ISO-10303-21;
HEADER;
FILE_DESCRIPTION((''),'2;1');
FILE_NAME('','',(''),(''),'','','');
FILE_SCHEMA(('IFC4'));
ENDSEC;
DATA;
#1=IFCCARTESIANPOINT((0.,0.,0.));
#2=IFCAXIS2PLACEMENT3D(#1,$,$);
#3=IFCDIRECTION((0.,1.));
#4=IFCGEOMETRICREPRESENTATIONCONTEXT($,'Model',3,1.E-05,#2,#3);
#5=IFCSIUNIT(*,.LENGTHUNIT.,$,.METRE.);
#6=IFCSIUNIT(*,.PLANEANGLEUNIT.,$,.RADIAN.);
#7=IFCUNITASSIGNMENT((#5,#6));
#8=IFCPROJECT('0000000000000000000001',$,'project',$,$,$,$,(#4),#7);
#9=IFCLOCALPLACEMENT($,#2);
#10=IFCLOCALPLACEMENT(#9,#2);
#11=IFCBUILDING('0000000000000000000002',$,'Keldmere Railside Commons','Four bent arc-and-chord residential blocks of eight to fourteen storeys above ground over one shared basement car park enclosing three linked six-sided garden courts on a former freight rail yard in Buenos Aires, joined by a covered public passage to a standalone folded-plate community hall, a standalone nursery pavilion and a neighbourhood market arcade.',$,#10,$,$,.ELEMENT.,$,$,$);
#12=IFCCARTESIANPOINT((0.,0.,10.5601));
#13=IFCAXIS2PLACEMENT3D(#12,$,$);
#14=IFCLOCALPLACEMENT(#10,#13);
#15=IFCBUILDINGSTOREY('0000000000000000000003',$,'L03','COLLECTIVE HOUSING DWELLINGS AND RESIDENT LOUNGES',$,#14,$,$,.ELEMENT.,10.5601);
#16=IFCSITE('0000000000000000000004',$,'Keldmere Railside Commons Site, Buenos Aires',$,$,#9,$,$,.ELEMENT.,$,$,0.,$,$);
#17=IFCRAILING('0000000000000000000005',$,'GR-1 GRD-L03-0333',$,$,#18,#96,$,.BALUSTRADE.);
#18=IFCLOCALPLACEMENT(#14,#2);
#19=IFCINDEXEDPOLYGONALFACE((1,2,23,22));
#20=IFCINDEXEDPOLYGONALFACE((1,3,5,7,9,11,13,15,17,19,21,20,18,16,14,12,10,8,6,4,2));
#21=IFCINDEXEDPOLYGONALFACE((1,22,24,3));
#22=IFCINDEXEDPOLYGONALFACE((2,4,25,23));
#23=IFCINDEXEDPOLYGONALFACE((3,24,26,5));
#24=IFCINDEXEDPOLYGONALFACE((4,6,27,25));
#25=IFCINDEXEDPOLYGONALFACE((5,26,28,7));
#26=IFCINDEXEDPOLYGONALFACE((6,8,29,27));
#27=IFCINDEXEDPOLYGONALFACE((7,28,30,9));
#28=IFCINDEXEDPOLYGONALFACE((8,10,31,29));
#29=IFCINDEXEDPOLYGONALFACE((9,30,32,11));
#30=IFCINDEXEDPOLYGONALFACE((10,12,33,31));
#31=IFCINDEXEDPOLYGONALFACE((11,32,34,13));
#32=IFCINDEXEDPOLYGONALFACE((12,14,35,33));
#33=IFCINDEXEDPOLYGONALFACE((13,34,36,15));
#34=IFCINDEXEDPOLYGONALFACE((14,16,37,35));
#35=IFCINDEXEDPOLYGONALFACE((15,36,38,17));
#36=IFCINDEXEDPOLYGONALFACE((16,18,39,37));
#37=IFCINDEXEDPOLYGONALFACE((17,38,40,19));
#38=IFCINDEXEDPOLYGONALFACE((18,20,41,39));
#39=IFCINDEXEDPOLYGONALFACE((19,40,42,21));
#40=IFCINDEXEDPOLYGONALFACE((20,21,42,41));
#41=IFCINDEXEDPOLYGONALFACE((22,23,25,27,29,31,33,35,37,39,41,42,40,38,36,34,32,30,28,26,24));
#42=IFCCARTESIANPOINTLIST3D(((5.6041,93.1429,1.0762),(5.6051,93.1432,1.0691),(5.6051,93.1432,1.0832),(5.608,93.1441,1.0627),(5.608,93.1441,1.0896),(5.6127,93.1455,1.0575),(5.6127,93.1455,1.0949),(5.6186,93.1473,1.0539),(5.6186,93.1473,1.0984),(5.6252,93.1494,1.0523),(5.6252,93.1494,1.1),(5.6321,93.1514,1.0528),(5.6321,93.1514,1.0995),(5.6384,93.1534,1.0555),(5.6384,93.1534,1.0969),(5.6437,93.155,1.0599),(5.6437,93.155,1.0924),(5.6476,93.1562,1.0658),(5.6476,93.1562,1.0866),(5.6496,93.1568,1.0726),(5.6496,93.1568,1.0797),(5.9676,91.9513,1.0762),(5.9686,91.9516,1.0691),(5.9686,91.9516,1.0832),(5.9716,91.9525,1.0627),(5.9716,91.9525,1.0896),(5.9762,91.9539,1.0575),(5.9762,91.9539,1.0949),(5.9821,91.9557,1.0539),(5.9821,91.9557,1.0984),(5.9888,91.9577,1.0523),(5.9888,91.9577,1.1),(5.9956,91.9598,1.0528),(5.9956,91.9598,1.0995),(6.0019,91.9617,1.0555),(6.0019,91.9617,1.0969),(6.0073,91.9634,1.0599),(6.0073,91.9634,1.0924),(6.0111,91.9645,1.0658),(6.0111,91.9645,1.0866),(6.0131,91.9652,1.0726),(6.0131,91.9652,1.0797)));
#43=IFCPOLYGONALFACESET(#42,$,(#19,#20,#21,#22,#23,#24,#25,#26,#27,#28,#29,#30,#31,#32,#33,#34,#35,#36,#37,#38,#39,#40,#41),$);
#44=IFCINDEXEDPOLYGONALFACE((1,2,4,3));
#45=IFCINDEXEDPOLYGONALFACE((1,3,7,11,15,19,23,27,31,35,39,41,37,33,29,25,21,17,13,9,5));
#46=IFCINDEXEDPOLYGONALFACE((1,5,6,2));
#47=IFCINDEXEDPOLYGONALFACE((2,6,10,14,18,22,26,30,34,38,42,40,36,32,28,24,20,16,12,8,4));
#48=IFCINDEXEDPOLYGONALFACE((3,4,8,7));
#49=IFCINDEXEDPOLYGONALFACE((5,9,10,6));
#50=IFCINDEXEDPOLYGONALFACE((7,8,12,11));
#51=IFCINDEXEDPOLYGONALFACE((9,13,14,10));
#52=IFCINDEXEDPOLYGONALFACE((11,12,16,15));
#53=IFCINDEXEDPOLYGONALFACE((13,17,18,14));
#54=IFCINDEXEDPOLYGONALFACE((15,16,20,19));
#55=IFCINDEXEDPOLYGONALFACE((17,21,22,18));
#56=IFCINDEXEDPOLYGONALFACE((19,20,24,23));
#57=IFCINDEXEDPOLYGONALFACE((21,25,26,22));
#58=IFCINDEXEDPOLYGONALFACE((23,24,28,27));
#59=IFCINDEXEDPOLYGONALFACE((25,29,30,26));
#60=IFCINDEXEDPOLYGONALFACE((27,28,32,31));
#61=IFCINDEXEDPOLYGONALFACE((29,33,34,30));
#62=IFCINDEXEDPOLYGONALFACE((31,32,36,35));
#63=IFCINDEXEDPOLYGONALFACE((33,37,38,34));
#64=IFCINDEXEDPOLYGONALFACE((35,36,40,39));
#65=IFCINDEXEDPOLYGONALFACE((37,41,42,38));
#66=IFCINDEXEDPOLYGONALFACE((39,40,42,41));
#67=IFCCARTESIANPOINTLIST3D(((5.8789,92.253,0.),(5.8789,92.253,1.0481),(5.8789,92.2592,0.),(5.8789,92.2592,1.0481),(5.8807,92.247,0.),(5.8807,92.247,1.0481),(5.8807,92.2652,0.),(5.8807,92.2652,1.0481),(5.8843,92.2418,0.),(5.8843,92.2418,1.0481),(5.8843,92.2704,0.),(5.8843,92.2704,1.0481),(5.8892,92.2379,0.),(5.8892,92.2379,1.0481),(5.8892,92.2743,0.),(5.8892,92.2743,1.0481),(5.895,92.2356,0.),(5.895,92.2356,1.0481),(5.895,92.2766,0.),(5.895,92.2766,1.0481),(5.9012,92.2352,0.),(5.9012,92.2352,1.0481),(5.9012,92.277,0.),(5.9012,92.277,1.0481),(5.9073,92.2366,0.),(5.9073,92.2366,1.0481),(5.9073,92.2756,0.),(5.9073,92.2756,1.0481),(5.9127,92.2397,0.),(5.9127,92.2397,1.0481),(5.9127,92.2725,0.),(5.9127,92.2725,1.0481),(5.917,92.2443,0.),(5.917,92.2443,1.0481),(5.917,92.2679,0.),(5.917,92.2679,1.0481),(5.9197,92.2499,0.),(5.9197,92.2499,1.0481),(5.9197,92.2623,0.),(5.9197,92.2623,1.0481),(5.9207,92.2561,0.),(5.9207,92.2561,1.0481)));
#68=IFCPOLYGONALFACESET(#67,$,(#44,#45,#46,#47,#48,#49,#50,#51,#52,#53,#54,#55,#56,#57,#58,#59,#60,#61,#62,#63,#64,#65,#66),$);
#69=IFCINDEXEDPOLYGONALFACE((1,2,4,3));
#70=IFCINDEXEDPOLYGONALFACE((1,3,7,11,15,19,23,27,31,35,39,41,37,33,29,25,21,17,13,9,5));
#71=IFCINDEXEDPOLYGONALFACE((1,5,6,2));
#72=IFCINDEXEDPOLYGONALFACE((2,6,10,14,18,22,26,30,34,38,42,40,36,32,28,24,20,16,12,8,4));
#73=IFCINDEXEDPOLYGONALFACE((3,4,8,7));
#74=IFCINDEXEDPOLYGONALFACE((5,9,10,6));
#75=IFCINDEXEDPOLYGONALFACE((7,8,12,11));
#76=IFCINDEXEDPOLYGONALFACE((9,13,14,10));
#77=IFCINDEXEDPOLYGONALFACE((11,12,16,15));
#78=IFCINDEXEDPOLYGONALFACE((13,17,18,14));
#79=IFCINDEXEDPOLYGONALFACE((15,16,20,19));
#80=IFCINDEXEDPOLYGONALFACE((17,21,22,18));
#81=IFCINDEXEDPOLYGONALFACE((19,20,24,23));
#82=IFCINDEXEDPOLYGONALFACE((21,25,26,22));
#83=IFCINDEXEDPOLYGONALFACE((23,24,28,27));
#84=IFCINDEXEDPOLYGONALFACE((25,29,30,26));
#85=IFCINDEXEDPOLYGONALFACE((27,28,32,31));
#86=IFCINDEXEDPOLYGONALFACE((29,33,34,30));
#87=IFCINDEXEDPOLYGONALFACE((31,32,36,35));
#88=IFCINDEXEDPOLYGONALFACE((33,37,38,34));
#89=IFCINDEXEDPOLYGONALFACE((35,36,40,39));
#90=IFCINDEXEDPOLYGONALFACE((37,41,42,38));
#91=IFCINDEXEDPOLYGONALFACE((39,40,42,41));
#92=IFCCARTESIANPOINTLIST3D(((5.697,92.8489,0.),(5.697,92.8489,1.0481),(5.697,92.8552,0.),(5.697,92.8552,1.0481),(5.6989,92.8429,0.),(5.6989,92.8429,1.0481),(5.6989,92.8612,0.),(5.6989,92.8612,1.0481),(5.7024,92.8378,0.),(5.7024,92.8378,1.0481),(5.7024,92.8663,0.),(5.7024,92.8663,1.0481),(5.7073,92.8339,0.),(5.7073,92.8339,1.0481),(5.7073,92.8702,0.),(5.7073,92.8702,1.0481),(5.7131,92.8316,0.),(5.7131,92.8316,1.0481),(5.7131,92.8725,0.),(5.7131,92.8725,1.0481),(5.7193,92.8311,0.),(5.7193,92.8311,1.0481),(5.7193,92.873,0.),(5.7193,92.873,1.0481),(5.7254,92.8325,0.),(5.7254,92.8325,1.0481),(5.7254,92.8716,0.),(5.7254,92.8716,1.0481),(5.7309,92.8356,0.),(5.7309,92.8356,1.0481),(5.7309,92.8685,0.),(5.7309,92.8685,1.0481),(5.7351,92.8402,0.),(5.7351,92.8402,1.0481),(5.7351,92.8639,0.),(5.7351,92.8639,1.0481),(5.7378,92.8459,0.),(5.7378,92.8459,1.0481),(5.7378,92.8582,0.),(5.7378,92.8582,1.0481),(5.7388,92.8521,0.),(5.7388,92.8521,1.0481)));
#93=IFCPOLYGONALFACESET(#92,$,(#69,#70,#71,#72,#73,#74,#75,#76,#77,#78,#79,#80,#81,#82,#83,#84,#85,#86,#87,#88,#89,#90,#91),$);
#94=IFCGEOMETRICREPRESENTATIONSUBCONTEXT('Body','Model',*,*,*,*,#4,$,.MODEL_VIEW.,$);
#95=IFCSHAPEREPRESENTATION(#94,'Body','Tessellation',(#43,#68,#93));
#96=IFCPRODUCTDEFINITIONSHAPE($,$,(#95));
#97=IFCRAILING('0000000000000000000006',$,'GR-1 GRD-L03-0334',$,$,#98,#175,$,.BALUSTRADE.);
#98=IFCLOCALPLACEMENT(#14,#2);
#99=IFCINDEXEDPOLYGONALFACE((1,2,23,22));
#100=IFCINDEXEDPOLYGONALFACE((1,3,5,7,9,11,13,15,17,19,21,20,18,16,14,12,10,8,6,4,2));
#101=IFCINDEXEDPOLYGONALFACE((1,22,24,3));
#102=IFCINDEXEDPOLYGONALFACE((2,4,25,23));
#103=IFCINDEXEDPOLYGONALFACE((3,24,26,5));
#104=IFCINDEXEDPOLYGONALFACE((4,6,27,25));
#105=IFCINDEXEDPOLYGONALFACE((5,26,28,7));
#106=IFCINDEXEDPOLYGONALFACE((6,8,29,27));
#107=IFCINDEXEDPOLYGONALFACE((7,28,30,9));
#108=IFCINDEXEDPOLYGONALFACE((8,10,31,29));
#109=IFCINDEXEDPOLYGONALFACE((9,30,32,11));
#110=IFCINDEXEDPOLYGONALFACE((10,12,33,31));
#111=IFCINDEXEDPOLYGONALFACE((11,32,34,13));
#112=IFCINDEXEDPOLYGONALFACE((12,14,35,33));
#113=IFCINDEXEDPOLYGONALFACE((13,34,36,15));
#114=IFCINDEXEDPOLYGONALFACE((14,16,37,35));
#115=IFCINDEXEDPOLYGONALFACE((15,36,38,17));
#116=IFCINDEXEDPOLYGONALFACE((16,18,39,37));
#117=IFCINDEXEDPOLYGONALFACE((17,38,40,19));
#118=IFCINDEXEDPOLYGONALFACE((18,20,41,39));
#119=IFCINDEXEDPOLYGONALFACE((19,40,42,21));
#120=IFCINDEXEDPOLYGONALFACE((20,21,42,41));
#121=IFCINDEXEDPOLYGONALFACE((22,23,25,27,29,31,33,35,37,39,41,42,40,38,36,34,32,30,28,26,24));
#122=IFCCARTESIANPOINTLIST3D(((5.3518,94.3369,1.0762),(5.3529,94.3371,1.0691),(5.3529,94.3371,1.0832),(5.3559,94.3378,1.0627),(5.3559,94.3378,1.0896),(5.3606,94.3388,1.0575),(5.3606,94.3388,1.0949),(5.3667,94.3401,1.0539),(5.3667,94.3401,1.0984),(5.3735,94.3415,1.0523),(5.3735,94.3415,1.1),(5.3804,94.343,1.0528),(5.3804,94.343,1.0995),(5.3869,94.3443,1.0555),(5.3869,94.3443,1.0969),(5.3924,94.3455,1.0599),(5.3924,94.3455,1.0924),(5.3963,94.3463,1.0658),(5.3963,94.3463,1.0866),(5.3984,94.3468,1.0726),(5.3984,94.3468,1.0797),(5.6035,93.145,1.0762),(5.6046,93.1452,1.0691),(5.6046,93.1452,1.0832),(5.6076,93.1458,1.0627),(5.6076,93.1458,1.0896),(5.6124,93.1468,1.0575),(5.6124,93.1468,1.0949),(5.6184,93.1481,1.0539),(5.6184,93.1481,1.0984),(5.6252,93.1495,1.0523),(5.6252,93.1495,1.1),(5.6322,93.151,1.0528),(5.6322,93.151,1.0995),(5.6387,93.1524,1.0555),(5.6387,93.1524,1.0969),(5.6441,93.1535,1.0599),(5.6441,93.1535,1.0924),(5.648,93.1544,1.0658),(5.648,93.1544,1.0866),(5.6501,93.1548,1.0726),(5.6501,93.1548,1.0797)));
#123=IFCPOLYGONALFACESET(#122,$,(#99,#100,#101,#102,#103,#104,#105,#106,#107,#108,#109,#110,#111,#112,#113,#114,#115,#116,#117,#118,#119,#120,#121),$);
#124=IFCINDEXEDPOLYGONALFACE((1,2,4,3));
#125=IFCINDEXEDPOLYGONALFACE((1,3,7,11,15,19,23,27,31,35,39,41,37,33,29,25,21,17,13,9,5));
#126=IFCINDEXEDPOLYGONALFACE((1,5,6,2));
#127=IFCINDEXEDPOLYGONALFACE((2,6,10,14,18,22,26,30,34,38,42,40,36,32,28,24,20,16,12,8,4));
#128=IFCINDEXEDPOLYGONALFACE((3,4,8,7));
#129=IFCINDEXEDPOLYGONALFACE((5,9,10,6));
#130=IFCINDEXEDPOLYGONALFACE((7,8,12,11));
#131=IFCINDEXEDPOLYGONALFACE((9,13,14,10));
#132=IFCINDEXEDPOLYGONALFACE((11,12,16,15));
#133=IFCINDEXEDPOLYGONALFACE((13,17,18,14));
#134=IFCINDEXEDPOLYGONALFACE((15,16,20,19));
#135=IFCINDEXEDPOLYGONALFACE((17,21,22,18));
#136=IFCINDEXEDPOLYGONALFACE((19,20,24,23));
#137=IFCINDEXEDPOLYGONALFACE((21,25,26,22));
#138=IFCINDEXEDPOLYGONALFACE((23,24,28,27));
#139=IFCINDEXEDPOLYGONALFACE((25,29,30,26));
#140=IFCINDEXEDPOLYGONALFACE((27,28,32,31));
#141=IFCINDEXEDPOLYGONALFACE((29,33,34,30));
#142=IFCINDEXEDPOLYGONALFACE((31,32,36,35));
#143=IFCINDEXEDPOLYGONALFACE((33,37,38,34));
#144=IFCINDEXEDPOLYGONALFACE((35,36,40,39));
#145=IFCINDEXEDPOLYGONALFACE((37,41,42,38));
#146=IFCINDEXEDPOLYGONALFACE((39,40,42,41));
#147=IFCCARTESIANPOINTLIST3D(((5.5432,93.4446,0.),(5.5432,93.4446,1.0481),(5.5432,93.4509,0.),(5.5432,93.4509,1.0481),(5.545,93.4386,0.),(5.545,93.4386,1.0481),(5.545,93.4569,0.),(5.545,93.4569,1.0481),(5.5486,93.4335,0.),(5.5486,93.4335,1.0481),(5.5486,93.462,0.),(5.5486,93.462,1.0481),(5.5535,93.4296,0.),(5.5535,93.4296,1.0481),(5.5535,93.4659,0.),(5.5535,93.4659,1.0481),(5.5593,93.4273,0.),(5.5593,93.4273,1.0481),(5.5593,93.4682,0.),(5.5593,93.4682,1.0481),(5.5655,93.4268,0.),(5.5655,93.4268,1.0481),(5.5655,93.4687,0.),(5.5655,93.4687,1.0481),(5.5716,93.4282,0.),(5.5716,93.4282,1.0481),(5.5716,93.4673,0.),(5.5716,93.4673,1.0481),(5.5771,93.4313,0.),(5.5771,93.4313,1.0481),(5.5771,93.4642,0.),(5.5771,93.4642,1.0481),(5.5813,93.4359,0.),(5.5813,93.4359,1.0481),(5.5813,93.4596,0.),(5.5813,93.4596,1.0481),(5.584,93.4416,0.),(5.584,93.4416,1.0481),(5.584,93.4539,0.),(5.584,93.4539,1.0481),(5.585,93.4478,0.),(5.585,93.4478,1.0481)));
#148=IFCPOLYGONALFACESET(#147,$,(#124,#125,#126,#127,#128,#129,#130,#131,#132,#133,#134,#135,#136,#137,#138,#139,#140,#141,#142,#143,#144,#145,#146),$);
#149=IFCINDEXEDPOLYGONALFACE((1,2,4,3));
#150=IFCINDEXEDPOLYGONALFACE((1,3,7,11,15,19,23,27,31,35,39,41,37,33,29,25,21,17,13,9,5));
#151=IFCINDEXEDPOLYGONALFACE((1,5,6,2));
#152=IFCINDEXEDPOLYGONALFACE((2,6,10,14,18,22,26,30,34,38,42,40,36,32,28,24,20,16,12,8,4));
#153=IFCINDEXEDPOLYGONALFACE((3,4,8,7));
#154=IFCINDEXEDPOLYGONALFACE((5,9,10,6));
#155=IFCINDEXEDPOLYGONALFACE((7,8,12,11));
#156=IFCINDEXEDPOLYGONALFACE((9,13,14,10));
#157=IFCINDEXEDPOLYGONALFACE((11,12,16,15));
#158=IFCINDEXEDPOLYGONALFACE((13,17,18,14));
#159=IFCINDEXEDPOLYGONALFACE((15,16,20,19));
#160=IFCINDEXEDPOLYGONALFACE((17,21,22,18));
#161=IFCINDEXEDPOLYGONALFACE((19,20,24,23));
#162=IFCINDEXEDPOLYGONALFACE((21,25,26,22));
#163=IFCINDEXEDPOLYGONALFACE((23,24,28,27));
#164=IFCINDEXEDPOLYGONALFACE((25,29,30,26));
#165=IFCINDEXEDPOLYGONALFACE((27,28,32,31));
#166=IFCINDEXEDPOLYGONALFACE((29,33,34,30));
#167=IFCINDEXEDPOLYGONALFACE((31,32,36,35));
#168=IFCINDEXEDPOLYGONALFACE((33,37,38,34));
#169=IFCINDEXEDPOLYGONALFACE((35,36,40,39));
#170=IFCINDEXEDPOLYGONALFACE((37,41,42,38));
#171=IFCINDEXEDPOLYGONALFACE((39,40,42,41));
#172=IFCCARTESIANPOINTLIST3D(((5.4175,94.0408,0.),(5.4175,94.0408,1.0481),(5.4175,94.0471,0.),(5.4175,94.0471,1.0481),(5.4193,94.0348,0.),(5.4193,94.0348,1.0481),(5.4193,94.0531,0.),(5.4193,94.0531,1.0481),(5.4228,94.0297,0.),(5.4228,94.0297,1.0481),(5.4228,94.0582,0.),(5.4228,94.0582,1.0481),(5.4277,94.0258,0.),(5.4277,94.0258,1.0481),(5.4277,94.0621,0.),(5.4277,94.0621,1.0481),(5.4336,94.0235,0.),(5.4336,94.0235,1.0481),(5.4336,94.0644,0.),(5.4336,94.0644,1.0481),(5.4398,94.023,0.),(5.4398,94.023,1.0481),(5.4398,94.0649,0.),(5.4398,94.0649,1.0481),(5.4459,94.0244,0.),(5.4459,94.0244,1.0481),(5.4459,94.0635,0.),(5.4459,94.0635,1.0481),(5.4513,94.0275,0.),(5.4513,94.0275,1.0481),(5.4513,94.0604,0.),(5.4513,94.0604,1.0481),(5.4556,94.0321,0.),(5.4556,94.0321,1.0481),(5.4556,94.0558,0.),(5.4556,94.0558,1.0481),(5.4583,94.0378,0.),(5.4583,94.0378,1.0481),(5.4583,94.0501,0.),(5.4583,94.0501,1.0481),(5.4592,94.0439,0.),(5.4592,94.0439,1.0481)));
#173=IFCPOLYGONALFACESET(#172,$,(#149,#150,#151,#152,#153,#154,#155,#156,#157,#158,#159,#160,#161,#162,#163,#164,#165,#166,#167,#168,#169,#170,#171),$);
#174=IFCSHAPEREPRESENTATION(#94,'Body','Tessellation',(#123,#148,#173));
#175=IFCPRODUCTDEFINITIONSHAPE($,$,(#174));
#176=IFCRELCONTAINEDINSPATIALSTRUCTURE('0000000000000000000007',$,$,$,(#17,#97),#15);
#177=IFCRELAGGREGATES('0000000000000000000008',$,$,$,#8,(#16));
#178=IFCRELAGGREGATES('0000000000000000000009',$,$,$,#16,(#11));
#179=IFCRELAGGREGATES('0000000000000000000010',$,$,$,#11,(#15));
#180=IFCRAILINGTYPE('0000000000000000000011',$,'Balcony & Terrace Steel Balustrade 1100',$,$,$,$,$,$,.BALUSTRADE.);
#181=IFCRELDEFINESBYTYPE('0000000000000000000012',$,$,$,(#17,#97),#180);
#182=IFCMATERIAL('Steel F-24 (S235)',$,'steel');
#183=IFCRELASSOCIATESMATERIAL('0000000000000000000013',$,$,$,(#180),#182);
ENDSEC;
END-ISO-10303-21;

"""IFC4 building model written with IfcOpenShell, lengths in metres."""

from ifc_helpers import new_model, si_unit, direction, frame, origin, origin_2d, place, context, subcontext, project, spatial, circle, extrude, material, type_object, element, save


model = new_model("IFC4")

# Units and contexts
model_context = context("Model", 3, precision=1e-05, world=origin(), true_north=direction((0.0, 1.0)))
body_context = subcontext(model_context, "Body", "Model", "MODEL_VIEW")
ifc_project = project(units=[si_unit("LENGTHUNIT", "METRE"), si_unit("PLANEANGLEUNIT", "RADIAN")], contexts=[model_context])

# Site, building, storey
site_placement = place(None, origin())
site = spatial("IfcSite", under=ifc_project, at=site_placement, Name="Keldmere Railside Commons Site, Buenos Aires", CompositionType="ELEMENT", RefElevation=0.0)
building_placement = place(site_placement, origin())
building = spatial("IfcBuilding", under=site, at=building_placement, Name="Keldmere Railside Commons", Description="Four bent arc-and-chord residential blocks of eight to fourteen storeys above ground over one shared basement car park enclosing three linked six-sided garden courts on a former freight rail yard in Buenos Aires, joined by a covered public passage to a standalone folded-plate community hall, a standalone nursery pavilion and a neighbourhood market arcade.", CompositionType="ELEMENT")
storey_placement = place(building_placement, frame((0.0, 0.0, 10.5601)))
storey = spatial("IfcBuildingStorey", under=building, at=storey_placement, Name="L03", Description="COLLECTIVE HOUSING DWELLINGS AND RESIDENT LOUNGES", CompositionType="ELEMENT", Elevation=10.5601)

# Railings
ifc_material_1 = material(Name="Steel F-24 (S235)", Category="steel")
railing_type = type_object("IfcRailingType", Name="Balcony & Terrace Steel Balustrade 1100", PredefinedType="BALUSTRADE", material=ifc_material_1)
railing_1_placement = place(storey_placement, frame((5.9905, 91.9583, 0.0)))
element("IfcRailing", 1, at=railing_1_placement, inside=storey, type_object=railing_type, Name="GR-1 GRD-L03-0333", PredefinedType="BALUSTRADE", context=body_context, shape_type="SweptSolid", body=[
    extrude(circle(Radius=0.0239, at=origin_2d()), frame((0.0, 0.0, 1.0762), z_axis=(-0.291785, 0.956484, 0.0), x_axis=(-0.956484, -0.291785, 0.0)), (0.0, 0.0, 1.0), 1.2458),
    extrude(circle(Radius=0.021, at=origin_2d()), frame((-0.0908, 0.2979, 0.0)), (0.0, 0.0, 1.0), 1.0481),
    extrude(circle(Radius=0.021, at=origin_2d()), frame((-0.2727, 0.8938, 0.0)), (0.0, 0.0, 1.0), 1.0481),
])
railing_2_placement = place(storey_placement, frame((5.627, 93.1499, 0.0)))
element("IfcRailing", 2, at=railing_2_placement, inside=storey, type_object=railing_type, Name="GR-1 GRD-L03-0334", PredefinedType="BALUSTRADE", context=body_context, shape_type="SweptSolid", body=[
    extrude(circle(Radius=0.0239, at=origin_2d()), frame((0.0, 0.0, 1.0762), z_axis=(-0.206627, 0.97842, 0.0), x_axis=(-0.97842, -0.206627, 0.0)), (0.0, 0.0, 1.0), 1.2183),
    extrude(circle(Radius=0.021, at=origin_2d()), frame((-0.063, 0.2979, 0.0)), (0.0, 0.0, 1.0), 1.0481),
    extrude(circle(Radius=0.021, at=origin_2d()), frame((-0.1887, 0.894, 0.0)), (0.0, 0.0, 1.0), 1.0481),
])

save(model, "model.ifc")
